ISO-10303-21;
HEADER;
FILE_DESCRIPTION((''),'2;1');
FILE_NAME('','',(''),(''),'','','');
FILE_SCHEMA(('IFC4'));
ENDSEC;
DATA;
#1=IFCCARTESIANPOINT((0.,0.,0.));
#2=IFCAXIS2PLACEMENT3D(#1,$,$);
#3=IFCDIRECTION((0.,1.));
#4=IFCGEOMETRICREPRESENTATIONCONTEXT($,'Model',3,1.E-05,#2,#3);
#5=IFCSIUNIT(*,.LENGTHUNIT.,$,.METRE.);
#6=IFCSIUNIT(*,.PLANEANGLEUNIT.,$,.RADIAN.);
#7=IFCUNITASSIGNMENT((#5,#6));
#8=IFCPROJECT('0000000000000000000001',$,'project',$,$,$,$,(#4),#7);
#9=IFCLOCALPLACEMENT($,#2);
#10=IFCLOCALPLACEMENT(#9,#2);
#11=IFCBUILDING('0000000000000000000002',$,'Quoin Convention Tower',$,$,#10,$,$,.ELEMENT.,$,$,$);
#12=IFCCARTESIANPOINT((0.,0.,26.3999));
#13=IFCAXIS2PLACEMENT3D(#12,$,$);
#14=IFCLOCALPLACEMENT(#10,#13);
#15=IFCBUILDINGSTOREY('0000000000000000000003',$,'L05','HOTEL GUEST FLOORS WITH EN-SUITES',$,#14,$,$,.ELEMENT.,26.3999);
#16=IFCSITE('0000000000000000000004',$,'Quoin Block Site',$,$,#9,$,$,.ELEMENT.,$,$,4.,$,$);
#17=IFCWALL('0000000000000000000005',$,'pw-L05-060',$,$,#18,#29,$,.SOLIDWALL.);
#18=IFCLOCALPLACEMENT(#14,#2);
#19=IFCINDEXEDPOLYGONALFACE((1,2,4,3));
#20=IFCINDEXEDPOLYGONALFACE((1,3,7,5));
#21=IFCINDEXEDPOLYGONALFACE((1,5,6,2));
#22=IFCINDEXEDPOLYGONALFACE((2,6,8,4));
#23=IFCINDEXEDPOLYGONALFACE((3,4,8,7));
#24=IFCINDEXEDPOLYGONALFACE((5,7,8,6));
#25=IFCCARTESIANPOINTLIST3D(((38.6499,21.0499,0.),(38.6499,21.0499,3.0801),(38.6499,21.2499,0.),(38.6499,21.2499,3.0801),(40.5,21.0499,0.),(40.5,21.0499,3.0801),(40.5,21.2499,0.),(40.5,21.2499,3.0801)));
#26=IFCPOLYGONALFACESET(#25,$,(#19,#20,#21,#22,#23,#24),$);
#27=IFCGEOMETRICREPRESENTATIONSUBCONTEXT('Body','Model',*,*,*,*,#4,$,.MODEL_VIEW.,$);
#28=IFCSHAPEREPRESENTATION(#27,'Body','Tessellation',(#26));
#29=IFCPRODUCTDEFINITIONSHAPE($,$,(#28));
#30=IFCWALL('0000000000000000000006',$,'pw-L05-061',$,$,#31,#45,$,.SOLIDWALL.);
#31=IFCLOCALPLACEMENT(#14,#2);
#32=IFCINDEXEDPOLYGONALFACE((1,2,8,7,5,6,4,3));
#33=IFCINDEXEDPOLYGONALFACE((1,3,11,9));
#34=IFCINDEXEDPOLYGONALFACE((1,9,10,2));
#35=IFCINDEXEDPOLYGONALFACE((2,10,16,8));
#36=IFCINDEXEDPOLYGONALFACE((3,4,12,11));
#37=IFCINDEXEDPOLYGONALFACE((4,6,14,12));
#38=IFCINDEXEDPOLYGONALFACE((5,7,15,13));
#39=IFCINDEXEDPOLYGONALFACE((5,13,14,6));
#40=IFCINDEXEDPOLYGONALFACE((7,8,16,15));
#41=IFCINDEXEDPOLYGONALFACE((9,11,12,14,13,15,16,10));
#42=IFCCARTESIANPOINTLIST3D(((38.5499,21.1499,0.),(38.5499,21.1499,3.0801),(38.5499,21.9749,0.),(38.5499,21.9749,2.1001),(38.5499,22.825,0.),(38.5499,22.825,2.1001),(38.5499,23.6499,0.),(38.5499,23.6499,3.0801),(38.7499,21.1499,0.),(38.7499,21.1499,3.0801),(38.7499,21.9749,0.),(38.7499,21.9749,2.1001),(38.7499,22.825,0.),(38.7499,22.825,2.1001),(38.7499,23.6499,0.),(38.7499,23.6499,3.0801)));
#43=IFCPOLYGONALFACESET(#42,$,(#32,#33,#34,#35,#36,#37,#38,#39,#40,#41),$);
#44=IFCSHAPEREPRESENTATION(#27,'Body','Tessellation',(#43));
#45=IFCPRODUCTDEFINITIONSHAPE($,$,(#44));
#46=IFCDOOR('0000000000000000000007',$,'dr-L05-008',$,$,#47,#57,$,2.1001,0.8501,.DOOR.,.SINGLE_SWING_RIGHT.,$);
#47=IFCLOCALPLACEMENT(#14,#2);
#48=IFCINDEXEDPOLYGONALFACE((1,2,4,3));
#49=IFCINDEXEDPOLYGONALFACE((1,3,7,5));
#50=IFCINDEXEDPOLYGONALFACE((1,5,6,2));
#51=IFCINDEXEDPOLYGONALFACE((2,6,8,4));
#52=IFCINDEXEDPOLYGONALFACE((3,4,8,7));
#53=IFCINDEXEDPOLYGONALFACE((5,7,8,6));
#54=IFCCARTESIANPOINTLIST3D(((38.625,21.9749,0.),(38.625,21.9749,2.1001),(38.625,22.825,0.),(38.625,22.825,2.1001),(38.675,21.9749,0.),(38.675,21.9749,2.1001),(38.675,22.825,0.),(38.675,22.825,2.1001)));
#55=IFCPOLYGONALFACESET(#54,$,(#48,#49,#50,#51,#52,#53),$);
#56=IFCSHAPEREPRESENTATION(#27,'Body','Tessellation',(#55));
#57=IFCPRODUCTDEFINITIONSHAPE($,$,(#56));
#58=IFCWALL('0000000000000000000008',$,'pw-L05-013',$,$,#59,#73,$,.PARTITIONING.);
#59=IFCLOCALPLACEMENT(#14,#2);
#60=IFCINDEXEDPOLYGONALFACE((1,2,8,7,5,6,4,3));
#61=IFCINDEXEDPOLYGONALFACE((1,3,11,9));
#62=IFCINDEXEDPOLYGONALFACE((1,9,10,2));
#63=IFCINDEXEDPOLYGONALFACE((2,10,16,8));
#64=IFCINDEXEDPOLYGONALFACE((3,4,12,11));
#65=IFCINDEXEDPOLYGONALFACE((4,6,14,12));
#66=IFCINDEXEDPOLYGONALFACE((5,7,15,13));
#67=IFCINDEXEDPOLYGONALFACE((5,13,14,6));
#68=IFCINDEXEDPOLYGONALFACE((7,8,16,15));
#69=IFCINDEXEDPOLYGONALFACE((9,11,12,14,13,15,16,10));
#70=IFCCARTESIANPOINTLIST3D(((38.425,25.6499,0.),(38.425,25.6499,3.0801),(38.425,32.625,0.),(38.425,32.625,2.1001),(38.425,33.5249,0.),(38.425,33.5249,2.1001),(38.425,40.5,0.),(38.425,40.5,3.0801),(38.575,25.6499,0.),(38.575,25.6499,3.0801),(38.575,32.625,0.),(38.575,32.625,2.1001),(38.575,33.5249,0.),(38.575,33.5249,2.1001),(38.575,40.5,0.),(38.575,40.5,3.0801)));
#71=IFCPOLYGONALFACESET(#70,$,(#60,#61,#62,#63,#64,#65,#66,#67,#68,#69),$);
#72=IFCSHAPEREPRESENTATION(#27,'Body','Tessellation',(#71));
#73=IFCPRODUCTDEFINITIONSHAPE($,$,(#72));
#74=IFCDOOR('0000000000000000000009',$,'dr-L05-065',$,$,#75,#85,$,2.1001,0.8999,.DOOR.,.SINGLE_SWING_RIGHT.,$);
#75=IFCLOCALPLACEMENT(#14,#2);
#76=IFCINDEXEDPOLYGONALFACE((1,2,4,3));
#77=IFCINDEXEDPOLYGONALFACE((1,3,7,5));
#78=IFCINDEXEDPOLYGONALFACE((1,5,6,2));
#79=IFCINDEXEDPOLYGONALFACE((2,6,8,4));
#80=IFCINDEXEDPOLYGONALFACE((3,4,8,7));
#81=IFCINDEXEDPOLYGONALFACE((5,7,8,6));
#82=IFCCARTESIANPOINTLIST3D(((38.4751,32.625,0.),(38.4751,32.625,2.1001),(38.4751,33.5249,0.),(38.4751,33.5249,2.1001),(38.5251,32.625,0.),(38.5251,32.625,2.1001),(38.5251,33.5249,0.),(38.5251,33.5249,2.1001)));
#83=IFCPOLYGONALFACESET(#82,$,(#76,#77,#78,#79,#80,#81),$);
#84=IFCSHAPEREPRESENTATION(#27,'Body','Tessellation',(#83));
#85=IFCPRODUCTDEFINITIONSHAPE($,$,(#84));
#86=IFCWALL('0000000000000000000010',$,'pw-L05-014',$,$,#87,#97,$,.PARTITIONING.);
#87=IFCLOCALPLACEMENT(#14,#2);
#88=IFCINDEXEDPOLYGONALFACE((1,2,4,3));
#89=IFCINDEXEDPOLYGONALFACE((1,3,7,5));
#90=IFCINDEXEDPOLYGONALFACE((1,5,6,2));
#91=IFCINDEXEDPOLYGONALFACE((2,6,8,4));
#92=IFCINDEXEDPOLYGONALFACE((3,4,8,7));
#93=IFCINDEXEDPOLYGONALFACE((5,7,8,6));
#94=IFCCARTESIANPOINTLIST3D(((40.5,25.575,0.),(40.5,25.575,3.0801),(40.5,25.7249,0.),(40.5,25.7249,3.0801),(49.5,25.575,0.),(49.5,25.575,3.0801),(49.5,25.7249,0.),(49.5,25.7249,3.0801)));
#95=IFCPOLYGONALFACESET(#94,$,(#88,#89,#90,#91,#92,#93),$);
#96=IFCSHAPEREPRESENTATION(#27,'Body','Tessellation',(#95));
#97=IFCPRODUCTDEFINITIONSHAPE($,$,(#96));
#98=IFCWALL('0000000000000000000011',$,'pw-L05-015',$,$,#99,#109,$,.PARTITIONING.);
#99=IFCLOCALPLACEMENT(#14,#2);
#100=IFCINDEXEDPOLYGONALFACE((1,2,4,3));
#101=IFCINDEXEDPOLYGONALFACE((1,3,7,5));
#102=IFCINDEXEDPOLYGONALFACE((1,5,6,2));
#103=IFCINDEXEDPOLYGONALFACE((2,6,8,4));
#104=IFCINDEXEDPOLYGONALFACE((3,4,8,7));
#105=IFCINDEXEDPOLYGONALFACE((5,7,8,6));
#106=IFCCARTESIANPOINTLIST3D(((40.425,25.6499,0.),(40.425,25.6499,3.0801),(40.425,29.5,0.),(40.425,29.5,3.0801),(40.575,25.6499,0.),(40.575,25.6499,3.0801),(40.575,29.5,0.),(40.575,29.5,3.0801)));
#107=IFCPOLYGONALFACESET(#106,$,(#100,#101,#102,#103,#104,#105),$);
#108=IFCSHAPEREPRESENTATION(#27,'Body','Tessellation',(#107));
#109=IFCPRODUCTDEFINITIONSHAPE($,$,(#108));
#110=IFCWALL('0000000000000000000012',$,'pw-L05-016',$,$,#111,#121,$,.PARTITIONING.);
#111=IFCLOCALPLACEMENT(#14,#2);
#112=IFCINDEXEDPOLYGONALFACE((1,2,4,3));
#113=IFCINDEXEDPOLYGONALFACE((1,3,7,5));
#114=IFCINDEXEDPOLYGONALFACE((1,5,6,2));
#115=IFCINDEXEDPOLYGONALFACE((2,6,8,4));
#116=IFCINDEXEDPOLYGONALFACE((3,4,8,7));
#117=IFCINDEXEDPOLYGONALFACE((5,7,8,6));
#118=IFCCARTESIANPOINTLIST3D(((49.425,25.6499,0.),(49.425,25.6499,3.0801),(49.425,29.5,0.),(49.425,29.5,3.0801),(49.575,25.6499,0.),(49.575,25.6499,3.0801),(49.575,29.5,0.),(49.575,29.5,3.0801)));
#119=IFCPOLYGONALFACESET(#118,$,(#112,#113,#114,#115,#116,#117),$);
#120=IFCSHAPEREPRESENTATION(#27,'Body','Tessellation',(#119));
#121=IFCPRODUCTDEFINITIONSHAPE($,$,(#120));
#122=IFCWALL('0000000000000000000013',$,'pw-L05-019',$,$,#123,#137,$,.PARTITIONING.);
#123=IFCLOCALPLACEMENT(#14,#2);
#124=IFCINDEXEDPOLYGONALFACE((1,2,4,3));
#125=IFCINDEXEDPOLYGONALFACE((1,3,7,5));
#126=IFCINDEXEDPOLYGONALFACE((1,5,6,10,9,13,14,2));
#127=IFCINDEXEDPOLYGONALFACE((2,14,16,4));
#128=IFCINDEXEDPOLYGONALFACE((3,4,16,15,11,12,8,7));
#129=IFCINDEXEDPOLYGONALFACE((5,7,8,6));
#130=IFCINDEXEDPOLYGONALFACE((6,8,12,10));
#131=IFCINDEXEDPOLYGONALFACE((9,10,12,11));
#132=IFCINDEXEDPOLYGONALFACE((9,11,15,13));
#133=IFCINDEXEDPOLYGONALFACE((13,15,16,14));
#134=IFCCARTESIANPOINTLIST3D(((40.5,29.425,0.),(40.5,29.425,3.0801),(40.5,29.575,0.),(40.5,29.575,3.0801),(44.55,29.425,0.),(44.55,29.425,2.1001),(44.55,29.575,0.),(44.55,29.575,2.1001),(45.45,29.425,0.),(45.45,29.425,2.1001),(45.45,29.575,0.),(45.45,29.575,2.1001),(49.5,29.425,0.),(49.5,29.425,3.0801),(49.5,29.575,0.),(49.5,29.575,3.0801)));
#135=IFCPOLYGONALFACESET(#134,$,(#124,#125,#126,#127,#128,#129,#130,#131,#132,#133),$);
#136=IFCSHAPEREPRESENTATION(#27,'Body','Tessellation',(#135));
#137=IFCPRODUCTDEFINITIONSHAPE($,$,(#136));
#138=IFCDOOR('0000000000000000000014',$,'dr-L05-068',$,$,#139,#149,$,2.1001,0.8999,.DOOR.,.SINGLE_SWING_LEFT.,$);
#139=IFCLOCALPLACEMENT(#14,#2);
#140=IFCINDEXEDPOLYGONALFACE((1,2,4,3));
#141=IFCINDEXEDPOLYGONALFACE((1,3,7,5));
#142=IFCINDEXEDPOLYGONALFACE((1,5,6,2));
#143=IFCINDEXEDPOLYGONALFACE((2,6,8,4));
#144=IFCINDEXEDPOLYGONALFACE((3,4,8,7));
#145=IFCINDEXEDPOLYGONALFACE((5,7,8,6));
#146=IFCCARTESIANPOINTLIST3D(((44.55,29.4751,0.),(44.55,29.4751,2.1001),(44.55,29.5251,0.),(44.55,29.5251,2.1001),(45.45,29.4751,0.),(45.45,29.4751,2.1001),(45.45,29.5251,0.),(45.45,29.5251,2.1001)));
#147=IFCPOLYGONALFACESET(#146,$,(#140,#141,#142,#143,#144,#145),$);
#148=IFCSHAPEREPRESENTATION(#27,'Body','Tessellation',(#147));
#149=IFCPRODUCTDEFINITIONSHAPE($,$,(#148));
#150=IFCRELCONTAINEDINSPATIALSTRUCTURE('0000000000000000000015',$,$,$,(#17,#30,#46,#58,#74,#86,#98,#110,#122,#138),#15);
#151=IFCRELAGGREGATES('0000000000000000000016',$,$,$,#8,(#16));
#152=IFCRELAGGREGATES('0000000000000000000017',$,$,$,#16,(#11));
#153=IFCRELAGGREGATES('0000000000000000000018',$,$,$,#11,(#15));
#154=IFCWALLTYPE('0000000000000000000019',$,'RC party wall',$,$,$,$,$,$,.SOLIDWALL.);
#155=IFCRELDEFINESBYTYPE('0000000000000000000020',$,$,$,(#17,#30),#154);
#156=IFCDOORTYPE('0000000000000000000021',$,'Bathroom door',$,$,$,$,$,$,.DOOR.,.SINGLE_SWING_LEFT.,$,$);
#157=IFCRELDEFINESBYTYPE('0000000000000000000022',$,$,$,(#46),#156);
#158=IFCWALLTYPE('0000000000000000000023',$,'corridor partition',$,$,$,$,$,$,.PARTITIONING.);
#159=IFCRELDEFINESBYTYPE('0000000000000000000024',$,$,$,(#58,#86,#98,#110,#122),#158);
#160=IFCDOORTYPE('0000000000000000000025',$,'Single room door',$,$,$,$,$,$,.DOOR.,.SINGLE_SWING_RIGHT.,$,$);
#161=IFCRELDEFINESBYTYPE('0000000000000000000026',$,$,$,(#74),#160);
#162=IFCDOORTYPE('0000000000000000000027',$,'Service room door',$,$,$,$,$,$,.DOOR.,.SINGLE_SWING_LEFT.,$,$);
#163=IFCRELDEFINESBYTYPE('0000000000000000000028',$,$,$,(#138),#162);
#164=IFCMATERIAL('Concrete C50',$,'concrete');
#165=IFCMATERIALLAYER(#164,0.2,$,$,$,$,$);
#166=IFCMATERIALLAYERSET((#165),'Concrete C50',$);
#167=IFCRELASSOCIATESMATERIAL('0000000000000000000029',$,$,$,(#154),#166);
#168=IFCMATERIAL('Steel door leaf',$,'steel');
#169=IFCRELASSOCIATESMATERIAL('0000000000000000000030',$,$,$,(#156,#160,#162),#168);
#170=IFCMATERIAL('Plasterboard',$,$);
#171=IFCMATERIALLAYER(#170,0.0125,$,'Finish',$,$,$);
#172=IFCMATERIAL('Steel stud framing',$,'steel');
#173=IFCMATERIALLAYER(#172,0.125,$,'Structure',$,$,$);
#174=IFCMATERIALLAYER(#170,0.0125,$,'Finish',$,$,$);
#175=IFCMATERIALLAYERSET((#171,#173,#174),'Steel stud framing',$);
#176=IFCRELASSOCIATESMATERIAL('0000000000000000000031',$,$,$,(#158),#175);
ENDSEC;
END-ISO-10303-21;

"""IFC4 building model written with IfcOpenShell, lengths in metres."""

from ifc_helpers import new_model, si_unit, direction, frame, frame_2d, origin, place, context, subcontext, project, spatial, rectangle, extrude, material, layer, layer_set, type_object, element, fill, save


model = new_model("IFC4")

# Units and contexts
model_context = context("Model", 3, precision=1e-05, world=origin(), true_north=direction((0.0, 1.0)))
body_context = subcontext(model_context, "Body", "Model", "MODEL_VIEW")
ifc_project = project(units=[si_unit("LENGTHUNIT", "METRE"), si_unit("PLANEANGLEUNIT", "RADIAN")], contexts=[model_context])

# Site, building, storey
site_placement = place(None, origin())
site = spatial("IfcSite", under=ifc_project, at=site_placement, Name="Quoin Block Site", CompositionType="ELEMENT", RefElevation=4.0)
building_placement = place(site_placement, origin())
building = spatial("IfcBuilding", under=site, at=building_placement, Name="Quoin Convention Tower", CompositionType="ELEMENT")
storey_placement = place(building_placement, frame((0.0, 0.0, 26.3999)))
storey = spatial("IfcBuildingStorey", under=building, at=storey_placement, Name="L05", Description="HOTEL GUEST FLOORS WITH EN-SUITES", CompositionType="ELEMENT", Elevation=26.3999)

# Shared definitions
ifc_material_1 = material(Name="Concrete C50", Category="concrete")

# Shared definitions
ifc_material_2 = material(Name="Steel door leaf", Category="steel")

# Shared definitions
ifc_layer_1 = layer(ifc_material_1, 0.2)
ifc_layer_set_1 = layer_set([ifc_layer_1], Name="Concrete C50")
wall_type_1 = type_object("IfcWallType", Name="RC party wall", PredefinedType="SOLIDWALL", material=ifc_layer_set_1)
door_type_1 = type_object("IfcDoorType", Name="Bathroom door", OperationType="SINGLE_SWING_LEFT", PredefinedType="DOOR", material=ifc_material_2)

# Wall
wall_1_placement = place(storey_placement, frame((38.6499, 21.1499, 0.0), z_axis=(0.0, 0.0, 1.0), x_axis=(1.0, 0.0, 0.0)))
element("IfcWall", 1, at=wall_1_placement, inside=storey, type_object=wall_type_1, Name="pw-L05-060", PredefinedType="SOLIDWALL", context=body_context, shape_type="SweptSolid", body=[
    extrude(rectangle(XDim=1.8501, YDim=0.2, at=frame_2d((0.925, 0.0))), origin(), (0.0, 0.0, 1.0), 3.0801),
])

# Walls, openings, doors
wall_2_placement = place(storey_placement, frame((38.6499, 21.1499, 0.0), z_axis=(0.0, 0.0, 1.0), x_axis=(0.0, 1.0, 0.0)))
wall_2 = element("IfcWall", 2, at=wall_2_placement, inside=storey, type_object=wall_type_1, Name="pw-L05-061", PredefinedType="SOLIDWALL", context=body_context, shape_type="SweptSolid", body=[
    extrude(rectangle(XDim=2.5, YDim=0.2, at=frame_2d((1.25, 0.0))), origin(), (0.0, 0.0, 1.0), 3.0801),
])
opening_1_placement = place(wall_2_placement, frame((0.825, 0.0, 0.0)))
opening_1 = element("IfcOpeningElement", 3, at=opening_1_placement, cuts=wall_2, PredefinedType="OPENING", context=body_context, shape_type="SweptSolid", body=[
    extrude(rectangle(XDim=0.8501, YDim=2.1001, at=frame_2d((0.425, 1.05))), frame((0.0, 0.1099, 0.0), z_axis=(0.0, -1.0, 0.0), x_axis=(1.0, 0.0, 0.0)), (0.0, 0.0, 1.0), 0.22),
])
door_1_placement = place(opening_1_placement, origin())
door_1 = element("IfcDoor", 4, at=door_1_placement, inside=storey, type_object=door_type_1, Name="dr-L05-008", OperationType="SINGLE_SWING_RIGHT", OverallHeight=2.1001, OverallWidth=0.8501, PredefinedType="DOOR", context=body_context, shape_type="SweptSolid", body=[
    extrude(rectangle(XDim=0.8501, YDim=2.1001, at=frame_2d((0.425, 1.05))), frame((0.0, 0.0249, 0.0), z_axis=(0.0, -1.0, 0.0), x_axis=(1.0, 0.0, 0.0)), (0.0, 0.0, 1.0), 0.05),
])
fill(opening_1, door_1)
ifc_material_3 = material(Name="Plasterboard")
ifc_layer_2 = layer(ifc_material_3, 0.0125, Name="Finish")
ifc_material_4 = material(Name="Steel stud framing", Category="steel")
ifc_layer_3 = layer(ifc_material_4, 0.125, Name="Structure")
ifc_layer_4 = layer(ifc_material_3, 0.0125, Name="Finish")
ifc_layer_set_2 = layer_set([ifc_layer_2, ifc_layer_3, ifc_layer_4], Name="Steel stud framing")
wall_type_2 = type_object("IfcWallType", Name="corridor partition", PredefinedType="PARTITIONING", material=ifc_layer_set_2)
wall_3_placement = place(storey_placement, frame((38.5, 25.6499, 0.0), z_axis=(0.0, 0.0, 1.0), x_axis=(0.0, 1.0, 0.0)))
wall_3 = element("IfcWall", 5, at=wall_3_placement, inside=storey, type_object=wall_type_2, Name="pw-L05-013", PredefinedType="PARTITIONING", context=body_context, shape_type="SweptSolid", body=[
    extrude(rectangle(XDim=14.8501, YDim=0.1499, at=frame_2d((7.425, 0.0))), origin(), (0.0, 0.0, 1.0), 3.0801),
])
opening_2_placement = place(wall_3_placement, frame((6.9751, 0.0, 0.0)))
opening_2 = element("IfcOpeningElement", 6, at=opening_2_placement, cuts=wall_3, PredefinedType="OPENING", context=body_context, shape_type="SweptSolid", body=[
    extrude(rectangle(XDim=0.8999, YDim=2.1001, at=frame_2d((0.45, 1.05))), frame((0.0, 0.085, 0.0), z_axis=(0.0, -1.0, 0.0), x_axis=(1.0, 0.0, 0.0)), (0.0, 0.0, 1.0), 0.1699),
])
door_type_2 = type_object("IfcDoorType", Name="Single room door", OperationType="SINGLE_SWING_RIGHT", PredefinedType="DOOR", material=ifc_material_2)
door_2_placement = place(opening_2_placement, origin())
door_2 = element("IfcDoor", 7, at=door_2_placement, inside=storey, type_object=door_type_2, Name="dr-L05-065", OperationType="SINGLE_SWING_RIGHT", OverallHeight=2.1001, OverallWidth=0.8999, PredefinedType="DOOR", context=body_context, shape_type="SweptSolid", body=[
    extrude(rectangle(XDim=0.8999, YDim=2.1001, at=frame_2d((0.45, 1.05))), frame((0.0, 0.0249, 0.0), z_axis=(0.0, -1.0, 0.0), x_axis=(1.0, 0.0, 0.0)), (0.0, 0.0, 1.0), 0.05),
])
fill(opening_2, door_2)

# Walls
wall_4_placement = place(storey_placement, frame((40.5, 25.6499, 0.0), z_axis=(0.0, 0.0, 1.0), x_axis=(1.0, 0.0, 0.0)))
element("IfcWall", 8, at=wall_4_placement, inside=storey, type_object=wall_type_2, Name="pw-L05-014", PredefinedType="PARTITIONING", context=body_context, shape_type="SweptSolid", body=[
    extrude(rectangle(XDim=9.0, YDim=0.1499, at=frame_2d((4.5, 0.0))), origin(), (0.0, 0.0, 1.0), 3.0801),
])
for number, where, z_axis, x_axis, name in (
    (9, (40.5, 25.6499, 0.0), (0.0, 0.0, 1.0), (0.0, 1.0, 0.0), "pw-L05-015"),
    (10, (49.5, 25.6499, 0.0), (0.0, 0.0, 1.0), (0.0, 1.0, 0.0), "pw-L05-016"),
):
    element("IfcWall", number, at=place(storey_placement, frame(where, z_axis=z_axis, x_axis=x_axis)), inside=storey, type_object=wall_type_2, Name=name, PredefinedType="PARTITIONING", context=body_context, shape_type="SweptSolid", body=[
        extrude(rectangle(XDim=3.8501, YDim=0.1499, at=frame_2d((1.925, 0.0))), origin(), (0.0, 0.0, 1.0), 3.0801),
    ])

# Wall, opening, door
wall_5_placement = place(storey_placement, frame((40.5, 29.5, 0.0), z_axis=(0.0, 0.0, 1.0), x_axis=(1.0, 0.0, 0.0)))
wall_5 = element("IfcWall", 11, at=wall_5_placement, inside=storey, type_object=wall_type_2, Name="pw-L05-019", PredefinedType="PARTITIONING", context=body_context, shape_type="SweptSolid", body=[
    extrude(rectangle(XDim=9.0, YDim=0.1499, at=frame_2d((4.5, 0.0))), origin(), (0.0, 0.0, 1.0), 3.0801),
])
opening_3_placement = place(wall_5_placement, frame((4.05, 0.0, 0.0)))
opening_3 = element("IfcOpeningElement", 12, at=opening_3_placement, cuts=wall_5, PredefinedType="OPENING", context=body_context, shape_type="SweptSolid", body=[
    extrude(rectangle(XDim=0.8999, YDim=2.1001, at=frame_2d((0.45, 1.05))), frame((0.0, 0.085, 0.0), z_axis=(0.0, -1.0, 0.0), x_axis=(1.0, 0.0, 0.0)), (0.0, 0.0, 1.0), 0.1699),
])
door_type_3 = type_object("IfcDoorType", Name="Service room door", OperationType="SINGLE_SWING_LEFT", PredefinedType="DOOR", material=ifc_material_2)
door_3_placement = place(opening_3_placement, frame((0.8999, 0.0, 0.0), z_axis=(0.0, 0.0, 1.0), x_axis=(-1.0, 0.0, 0.0)))
door_3 = element("IfcDoor", 13, at=door_3_placement, inside=storey, type_object=door_type_3, Name="dr-L05-068", OperationType="SINGLE_SWING_LEFT", OverallHeight=2.1001, OverallWidth=0.8999, PredefinedType="DOOR", context=body_context, shape_type="SweptSolid", body=[
    extrude(rectangle(XDim=0.8999, YDim=2.1001, at=frame_2d((0.45, 1.05))), frame((0.0, 0.0249, 0.0), z_axis=(0.0, -1.0, 0.0), x_axis=(1.0, 0.0, 0.0)), (0.0, 0.0, 1.0), 0.05),
])
fill(opening_3, door_3)

save(model, "model.ifc")
